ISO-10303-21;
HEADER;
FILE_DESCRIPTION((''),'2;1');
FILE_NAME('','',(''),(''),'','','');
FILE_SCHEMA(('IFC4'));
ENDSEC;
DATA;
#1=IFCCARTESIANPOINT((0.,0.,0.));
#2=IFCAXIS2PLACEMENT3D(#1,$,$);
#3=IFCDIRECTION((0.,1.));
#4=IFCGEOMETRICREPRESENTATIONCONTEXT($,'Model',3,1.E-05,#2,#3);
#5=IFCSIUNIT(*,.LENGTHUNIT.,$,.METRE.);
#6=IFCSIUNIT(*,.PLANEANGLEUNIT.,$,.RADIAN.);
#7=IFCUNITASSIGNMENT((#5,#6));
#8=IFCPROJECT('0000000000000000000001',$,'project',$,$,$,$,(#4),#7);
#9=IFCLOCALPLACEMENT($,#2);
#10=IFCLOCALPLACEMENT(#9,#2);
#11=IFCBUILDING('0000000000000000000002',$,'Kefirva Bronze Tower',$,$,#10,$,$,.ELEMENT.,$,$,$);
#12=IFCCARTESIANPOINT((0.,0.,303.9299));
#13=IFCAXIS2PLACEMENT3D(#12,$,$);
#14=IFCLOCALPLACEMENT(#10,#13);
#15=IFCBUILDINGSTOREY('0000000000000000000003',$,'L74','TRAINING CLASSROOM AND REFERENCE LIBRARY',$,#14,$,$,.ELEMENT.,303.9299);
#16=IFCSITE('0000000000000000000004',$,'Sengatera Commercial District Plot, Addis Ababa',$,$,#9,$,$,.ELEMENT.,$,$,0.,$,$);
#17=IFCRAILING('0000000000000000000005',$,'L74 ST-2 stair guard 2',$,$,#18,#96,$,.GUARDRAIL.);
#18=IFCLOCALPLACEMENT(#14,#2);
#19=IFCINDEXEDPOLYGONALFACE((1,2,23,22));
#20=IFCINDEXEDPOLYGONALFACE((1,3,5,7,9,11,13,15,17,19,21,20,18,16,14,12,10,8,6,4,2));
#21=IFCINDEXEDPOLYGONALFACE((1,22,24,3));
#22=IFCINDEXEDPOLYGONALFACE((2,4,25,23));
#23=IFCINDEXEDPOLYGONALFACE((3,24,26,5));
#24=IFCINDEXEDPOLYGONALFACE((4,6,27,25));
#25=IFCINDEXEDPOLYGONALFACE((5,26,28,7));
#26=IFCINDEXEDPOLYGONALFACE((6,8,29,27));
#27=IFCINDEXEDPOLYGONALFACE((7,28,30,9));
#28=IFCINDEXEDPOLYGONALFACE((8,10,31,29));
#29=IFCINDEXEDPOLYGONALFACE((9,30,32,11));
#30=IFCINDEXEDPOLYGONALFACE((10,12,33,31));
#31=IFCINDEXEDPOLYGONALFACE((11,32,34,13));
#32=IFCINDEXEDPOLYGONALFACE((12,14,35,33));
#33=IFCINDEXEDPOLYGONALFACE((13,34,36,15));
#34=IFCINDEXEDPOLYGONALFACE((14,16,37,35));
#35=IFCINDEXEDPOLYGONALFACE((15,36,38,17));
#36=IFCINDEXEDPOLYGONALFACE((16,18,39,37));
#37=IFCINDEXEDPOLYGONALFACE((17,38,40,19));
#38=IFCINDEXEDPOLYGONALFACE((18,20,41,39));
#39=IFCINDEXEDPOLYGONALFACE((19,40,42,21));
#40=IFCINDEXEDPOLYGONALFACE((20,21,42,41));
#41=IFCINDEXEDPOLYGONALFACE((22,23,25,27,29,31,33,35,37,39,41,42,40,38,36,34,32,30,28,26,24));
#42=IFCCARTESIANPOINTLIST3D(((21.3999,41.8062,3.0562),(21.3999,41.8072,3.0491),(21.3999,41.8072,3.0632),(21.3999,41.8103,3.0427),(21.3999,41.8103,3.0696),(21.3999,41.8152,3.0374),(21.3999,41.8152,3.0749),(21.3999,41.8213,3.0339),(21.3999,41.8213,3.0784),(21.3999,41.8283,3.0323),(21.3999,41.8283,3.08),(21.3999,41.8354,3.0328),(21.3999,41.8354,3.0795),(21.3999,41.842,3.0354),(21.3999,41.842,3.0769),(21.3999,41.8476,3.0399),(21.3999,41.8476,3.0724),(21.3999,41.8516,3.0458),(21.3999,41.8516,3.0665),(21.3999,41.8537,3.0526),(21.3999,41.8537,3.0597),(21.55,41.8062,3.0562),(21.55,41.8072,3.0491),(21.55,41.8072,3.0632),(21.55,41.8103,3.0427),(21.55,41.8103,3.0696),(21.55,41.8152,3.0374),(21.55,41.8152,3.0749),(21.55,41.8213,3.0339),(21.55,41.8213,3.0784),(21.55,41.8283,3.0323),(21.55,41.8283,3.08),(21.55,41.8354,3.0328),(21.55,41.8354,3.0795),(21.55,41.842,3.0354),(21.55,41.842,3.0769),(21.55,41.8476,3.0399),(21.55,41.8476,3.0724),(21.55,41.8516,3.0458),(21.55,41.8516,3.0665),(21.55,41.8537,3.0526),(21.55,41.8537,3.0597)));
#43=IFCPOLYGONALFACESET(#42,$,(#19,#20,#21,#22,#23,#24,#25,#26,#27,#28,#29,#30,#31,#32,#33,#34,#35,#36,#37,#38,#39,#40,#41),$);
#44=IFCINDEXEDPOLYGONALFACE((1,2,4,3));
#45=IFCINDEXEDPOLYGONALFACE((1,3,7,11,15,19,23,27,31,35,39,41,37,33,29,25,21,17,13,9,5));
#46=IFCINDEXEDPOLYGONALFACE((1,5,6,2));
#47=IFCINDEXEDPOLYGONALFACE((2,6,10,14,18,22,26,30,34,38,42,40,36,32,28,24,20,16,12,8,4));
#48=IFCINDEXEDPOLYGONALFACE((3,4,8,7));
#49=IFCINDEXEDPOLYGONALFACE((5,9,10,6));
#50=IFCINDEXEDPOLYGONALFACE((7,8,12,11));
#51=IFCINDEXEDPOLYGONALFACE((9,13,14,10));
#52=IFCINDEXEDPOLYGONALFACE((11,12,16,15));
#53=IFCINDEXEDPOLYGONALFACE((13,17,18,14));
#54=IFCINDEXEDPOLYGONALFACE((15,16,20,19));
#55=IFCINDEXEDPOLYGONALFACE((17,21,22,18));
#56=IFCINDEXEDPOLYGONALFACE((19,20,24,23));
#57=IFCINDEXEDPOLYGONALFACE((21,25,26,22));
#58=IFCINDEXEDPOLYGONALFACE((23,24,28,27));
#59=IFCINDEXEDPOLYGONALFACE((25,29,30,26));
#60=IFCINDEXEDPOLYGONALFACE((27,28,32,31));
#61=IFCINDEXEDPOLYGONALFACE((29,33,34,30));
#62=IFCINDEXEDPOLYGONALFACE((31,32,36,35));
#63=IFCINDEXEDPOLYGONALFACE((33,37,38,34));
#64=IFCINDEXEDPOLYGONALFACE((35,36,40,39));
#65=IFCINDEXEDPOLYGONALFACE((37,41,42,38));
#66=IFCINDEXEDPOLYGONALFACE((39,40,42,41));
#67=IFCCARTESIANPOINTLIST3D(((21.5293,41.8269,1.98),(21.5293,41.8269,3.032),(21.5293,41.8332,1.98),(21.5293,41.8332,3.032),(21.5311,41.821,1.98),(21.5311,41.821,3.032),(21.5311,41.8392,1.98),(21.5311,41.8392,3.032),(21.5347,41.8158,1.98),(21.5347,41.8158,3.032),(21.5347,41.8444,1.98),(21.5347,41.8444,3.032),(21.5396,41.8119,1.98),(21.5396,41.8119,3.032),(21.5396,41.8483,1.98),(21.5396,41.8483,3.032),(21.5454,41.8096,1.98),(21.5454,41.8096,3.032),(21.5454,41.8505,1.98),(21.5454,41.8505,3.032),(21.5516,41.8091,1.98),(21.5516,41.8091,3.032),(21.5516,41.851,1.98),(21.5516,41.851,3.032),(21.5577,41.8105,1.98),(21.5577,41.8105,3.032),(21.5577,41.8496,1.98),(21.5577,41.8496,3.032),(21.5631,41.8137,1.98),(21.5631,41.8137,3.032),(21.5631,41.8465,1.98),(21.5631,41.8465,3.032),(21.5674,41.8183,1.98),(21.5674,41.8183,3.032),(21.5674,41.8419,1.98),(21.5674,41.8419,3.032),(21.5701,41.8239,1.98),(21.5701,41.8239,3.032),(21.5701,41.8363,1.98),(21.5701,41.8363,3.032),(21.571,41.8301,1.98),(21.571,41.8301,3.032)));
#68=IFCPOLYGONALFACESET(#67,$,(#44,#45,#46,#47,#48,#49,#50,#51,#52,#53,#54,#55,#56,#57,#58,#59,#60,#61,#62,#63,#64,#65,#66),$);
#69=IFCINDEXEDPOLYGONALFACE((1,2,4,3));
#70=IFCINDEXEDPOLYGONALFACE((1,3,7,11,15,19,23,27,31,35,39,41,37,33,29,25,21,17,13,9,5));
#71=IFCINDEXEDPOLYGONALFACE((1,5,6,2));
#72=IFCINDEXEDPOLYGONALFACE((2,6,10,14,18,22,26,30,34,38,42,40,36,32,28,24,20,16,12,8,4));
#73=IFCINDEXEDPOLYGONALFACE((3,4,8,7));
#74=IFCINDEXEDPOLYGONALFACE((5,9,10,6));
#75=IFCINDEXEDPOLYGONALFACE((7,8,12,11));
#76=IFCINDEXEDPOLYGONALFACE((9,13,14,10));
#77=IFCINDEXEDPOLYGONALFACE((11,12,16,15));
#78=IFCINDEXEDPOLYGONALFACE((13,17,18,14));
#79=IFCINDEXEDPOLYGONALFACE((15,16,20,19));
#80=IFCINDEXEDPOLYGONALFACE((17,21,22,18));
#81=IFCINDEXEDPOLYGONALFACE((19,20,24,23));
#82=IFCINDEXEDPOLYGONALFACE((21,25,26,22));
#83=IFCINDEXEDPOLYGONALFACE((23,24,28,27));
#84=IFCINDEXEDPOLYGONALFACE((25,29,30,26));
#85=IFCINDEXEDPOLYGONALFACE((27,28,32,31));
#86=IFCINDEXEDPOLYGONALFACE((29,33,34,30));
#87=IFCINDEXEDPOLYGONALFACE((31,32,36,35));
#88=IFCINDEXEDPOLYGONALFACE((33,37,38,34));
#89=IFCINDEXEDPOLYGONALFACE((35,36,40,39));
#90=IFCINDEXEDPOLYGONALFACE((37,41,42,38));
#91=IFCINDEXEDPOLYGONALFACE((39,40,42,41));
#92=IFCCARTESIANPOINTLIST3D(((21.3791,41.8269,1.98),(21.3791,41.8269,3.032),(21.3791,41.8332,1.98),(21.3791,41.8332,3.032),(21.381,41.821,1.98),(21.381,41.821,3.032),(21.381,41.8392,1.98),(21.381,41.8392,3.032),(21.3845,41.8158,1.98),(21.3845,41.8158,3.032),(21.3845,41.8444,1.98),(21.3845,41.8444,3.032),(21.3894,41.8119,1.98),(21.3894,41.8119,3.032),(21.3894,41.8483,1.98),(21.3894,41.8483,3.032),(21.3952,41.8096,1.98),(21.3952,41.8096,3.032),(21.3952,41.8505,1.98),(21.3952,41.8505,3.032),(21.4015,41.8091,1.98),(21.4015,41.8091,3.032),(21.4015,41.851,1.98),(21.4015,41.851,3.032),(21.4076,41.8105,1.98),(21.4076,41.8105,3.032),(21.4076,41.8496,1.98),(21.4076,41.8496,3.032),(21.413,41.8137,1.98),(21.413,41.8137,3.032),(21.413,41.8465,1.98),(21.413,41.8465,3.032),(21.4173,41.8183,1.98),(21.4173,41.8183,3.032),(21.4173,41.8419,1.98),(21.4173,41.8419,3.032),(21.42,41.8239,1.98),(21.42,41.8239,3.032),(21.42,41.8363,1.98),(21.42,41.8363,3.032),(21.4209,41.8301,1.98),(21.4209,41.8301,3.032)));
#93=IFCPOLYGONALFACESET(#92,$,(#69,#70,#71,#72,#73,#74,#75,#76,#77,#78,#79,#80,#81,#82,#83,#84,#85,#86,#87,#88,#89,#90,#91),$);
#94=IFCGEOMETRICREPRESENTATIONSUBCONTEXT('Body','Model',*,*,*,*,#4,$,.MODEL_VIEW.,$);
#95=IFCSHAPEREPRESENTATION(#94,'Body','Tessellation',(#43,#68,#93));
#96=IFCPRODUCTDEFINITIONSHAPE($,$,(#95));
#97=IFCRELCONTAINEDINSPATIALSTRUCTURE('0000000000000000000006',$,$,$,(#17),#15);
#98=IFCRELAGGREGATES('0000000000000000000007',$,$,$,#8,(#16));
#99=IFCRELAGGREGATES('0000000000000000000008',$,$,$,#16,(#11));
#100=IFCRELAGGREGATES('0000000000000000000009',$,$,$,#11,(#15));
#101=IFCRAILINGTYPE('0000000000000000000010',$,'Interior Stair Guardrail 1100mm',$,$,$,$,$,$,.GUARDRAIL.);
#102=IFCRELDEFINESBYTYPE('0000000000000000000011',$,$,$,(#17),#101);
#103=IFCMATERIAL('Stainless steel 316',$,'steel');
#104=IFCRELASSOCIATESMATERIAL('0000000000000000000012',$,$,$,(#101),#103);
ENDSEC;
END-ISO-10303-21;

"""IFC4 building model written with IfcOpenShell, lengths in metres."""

from ifc_helpers import new_model, si_unit, direction, frame, origin, origin_2d, place, context, subcontext, project, spatial, circle, extrude, material, type_object, element, save


model = new_model("IFC4")

# Units and contexts
model_context = context("Model", 3, precision=1e-05, world=origin(), true_north=direction((0.0, 1.0)))
body_context = subcontext(model_context, "Body", "Model", "MODEL_VIEW")
ifc_project = project(units=[si_unit("LENGTHUNIT", "METRE"), si_unit("PLANEANGLEUNIT", "RADIAN")], contexts=[model_context])

# Site, building, storey
site_placement = place(None, origin())
site = spatial("IfcSite", under=ifc_project, at=site_placement, Name="Sengatera Commercial District Plot, Addis Ababa", CompositionType="ELEMENT", RefElevation=0.0)
building_placement = place(site_placement, origin())
building = spatial("IfcBuilding", under=site, at=building_placement, Name="Kefirva Bronze Tower", CompositionType="ELEMENT")
storey_placement = place(building_placement, frame((0.0, 0.0, 303.9299)))
storey = spatial("IfcBuildingStorey", under=building, at=storey_placement, Name="L74", Description="TRAINING CLASSROOM AND REFERENCE LIBRARY", CompositionType="ELEMENT", Elevation=303.9299)

# Railing
ifc_material_1 = material(Name="Stainless steel 316", Category="steel")
railing_type_1 = type_object("IfcRailingType", Name="Interior Stair Guardrail 1100mm", PredefinedType="GUARDRAIL", material=ifc_material_1)
railing_1_placement = place(storey_placement, frame((21.55, 41.8301, 1.98)))
element("IfcRailing", 1, at=railing_1_placement, inside=storey, type_object=railing_type_1, Name="L74 ST-2 stair guard 2", PredefinedType="GUARDRAIL", context=body_context, shape_type="SweptSolid", body=[
    extrude(circle(Radius=0.0239, at=origin_2d()), frame((0.0, 0.0, 1.0762), z_axis=(-1.0, 0.0, 0.0), x_axis=(0.0, -1.0, 0.0)), (0.0, 0.0, 1.0), 0.1501),
    extrude(circle(Radius=0.021, at=origin_2d()), origin(), (0.0, 0.0, 1.0), 1.052),
    extrude(circle(Radius=0.021, at=origin_2d()), frame((-0.1501, 0.0, 0.0)), (0.0, 0.0, 1.0), 1.052),
])

save(model, "model.ifc")
